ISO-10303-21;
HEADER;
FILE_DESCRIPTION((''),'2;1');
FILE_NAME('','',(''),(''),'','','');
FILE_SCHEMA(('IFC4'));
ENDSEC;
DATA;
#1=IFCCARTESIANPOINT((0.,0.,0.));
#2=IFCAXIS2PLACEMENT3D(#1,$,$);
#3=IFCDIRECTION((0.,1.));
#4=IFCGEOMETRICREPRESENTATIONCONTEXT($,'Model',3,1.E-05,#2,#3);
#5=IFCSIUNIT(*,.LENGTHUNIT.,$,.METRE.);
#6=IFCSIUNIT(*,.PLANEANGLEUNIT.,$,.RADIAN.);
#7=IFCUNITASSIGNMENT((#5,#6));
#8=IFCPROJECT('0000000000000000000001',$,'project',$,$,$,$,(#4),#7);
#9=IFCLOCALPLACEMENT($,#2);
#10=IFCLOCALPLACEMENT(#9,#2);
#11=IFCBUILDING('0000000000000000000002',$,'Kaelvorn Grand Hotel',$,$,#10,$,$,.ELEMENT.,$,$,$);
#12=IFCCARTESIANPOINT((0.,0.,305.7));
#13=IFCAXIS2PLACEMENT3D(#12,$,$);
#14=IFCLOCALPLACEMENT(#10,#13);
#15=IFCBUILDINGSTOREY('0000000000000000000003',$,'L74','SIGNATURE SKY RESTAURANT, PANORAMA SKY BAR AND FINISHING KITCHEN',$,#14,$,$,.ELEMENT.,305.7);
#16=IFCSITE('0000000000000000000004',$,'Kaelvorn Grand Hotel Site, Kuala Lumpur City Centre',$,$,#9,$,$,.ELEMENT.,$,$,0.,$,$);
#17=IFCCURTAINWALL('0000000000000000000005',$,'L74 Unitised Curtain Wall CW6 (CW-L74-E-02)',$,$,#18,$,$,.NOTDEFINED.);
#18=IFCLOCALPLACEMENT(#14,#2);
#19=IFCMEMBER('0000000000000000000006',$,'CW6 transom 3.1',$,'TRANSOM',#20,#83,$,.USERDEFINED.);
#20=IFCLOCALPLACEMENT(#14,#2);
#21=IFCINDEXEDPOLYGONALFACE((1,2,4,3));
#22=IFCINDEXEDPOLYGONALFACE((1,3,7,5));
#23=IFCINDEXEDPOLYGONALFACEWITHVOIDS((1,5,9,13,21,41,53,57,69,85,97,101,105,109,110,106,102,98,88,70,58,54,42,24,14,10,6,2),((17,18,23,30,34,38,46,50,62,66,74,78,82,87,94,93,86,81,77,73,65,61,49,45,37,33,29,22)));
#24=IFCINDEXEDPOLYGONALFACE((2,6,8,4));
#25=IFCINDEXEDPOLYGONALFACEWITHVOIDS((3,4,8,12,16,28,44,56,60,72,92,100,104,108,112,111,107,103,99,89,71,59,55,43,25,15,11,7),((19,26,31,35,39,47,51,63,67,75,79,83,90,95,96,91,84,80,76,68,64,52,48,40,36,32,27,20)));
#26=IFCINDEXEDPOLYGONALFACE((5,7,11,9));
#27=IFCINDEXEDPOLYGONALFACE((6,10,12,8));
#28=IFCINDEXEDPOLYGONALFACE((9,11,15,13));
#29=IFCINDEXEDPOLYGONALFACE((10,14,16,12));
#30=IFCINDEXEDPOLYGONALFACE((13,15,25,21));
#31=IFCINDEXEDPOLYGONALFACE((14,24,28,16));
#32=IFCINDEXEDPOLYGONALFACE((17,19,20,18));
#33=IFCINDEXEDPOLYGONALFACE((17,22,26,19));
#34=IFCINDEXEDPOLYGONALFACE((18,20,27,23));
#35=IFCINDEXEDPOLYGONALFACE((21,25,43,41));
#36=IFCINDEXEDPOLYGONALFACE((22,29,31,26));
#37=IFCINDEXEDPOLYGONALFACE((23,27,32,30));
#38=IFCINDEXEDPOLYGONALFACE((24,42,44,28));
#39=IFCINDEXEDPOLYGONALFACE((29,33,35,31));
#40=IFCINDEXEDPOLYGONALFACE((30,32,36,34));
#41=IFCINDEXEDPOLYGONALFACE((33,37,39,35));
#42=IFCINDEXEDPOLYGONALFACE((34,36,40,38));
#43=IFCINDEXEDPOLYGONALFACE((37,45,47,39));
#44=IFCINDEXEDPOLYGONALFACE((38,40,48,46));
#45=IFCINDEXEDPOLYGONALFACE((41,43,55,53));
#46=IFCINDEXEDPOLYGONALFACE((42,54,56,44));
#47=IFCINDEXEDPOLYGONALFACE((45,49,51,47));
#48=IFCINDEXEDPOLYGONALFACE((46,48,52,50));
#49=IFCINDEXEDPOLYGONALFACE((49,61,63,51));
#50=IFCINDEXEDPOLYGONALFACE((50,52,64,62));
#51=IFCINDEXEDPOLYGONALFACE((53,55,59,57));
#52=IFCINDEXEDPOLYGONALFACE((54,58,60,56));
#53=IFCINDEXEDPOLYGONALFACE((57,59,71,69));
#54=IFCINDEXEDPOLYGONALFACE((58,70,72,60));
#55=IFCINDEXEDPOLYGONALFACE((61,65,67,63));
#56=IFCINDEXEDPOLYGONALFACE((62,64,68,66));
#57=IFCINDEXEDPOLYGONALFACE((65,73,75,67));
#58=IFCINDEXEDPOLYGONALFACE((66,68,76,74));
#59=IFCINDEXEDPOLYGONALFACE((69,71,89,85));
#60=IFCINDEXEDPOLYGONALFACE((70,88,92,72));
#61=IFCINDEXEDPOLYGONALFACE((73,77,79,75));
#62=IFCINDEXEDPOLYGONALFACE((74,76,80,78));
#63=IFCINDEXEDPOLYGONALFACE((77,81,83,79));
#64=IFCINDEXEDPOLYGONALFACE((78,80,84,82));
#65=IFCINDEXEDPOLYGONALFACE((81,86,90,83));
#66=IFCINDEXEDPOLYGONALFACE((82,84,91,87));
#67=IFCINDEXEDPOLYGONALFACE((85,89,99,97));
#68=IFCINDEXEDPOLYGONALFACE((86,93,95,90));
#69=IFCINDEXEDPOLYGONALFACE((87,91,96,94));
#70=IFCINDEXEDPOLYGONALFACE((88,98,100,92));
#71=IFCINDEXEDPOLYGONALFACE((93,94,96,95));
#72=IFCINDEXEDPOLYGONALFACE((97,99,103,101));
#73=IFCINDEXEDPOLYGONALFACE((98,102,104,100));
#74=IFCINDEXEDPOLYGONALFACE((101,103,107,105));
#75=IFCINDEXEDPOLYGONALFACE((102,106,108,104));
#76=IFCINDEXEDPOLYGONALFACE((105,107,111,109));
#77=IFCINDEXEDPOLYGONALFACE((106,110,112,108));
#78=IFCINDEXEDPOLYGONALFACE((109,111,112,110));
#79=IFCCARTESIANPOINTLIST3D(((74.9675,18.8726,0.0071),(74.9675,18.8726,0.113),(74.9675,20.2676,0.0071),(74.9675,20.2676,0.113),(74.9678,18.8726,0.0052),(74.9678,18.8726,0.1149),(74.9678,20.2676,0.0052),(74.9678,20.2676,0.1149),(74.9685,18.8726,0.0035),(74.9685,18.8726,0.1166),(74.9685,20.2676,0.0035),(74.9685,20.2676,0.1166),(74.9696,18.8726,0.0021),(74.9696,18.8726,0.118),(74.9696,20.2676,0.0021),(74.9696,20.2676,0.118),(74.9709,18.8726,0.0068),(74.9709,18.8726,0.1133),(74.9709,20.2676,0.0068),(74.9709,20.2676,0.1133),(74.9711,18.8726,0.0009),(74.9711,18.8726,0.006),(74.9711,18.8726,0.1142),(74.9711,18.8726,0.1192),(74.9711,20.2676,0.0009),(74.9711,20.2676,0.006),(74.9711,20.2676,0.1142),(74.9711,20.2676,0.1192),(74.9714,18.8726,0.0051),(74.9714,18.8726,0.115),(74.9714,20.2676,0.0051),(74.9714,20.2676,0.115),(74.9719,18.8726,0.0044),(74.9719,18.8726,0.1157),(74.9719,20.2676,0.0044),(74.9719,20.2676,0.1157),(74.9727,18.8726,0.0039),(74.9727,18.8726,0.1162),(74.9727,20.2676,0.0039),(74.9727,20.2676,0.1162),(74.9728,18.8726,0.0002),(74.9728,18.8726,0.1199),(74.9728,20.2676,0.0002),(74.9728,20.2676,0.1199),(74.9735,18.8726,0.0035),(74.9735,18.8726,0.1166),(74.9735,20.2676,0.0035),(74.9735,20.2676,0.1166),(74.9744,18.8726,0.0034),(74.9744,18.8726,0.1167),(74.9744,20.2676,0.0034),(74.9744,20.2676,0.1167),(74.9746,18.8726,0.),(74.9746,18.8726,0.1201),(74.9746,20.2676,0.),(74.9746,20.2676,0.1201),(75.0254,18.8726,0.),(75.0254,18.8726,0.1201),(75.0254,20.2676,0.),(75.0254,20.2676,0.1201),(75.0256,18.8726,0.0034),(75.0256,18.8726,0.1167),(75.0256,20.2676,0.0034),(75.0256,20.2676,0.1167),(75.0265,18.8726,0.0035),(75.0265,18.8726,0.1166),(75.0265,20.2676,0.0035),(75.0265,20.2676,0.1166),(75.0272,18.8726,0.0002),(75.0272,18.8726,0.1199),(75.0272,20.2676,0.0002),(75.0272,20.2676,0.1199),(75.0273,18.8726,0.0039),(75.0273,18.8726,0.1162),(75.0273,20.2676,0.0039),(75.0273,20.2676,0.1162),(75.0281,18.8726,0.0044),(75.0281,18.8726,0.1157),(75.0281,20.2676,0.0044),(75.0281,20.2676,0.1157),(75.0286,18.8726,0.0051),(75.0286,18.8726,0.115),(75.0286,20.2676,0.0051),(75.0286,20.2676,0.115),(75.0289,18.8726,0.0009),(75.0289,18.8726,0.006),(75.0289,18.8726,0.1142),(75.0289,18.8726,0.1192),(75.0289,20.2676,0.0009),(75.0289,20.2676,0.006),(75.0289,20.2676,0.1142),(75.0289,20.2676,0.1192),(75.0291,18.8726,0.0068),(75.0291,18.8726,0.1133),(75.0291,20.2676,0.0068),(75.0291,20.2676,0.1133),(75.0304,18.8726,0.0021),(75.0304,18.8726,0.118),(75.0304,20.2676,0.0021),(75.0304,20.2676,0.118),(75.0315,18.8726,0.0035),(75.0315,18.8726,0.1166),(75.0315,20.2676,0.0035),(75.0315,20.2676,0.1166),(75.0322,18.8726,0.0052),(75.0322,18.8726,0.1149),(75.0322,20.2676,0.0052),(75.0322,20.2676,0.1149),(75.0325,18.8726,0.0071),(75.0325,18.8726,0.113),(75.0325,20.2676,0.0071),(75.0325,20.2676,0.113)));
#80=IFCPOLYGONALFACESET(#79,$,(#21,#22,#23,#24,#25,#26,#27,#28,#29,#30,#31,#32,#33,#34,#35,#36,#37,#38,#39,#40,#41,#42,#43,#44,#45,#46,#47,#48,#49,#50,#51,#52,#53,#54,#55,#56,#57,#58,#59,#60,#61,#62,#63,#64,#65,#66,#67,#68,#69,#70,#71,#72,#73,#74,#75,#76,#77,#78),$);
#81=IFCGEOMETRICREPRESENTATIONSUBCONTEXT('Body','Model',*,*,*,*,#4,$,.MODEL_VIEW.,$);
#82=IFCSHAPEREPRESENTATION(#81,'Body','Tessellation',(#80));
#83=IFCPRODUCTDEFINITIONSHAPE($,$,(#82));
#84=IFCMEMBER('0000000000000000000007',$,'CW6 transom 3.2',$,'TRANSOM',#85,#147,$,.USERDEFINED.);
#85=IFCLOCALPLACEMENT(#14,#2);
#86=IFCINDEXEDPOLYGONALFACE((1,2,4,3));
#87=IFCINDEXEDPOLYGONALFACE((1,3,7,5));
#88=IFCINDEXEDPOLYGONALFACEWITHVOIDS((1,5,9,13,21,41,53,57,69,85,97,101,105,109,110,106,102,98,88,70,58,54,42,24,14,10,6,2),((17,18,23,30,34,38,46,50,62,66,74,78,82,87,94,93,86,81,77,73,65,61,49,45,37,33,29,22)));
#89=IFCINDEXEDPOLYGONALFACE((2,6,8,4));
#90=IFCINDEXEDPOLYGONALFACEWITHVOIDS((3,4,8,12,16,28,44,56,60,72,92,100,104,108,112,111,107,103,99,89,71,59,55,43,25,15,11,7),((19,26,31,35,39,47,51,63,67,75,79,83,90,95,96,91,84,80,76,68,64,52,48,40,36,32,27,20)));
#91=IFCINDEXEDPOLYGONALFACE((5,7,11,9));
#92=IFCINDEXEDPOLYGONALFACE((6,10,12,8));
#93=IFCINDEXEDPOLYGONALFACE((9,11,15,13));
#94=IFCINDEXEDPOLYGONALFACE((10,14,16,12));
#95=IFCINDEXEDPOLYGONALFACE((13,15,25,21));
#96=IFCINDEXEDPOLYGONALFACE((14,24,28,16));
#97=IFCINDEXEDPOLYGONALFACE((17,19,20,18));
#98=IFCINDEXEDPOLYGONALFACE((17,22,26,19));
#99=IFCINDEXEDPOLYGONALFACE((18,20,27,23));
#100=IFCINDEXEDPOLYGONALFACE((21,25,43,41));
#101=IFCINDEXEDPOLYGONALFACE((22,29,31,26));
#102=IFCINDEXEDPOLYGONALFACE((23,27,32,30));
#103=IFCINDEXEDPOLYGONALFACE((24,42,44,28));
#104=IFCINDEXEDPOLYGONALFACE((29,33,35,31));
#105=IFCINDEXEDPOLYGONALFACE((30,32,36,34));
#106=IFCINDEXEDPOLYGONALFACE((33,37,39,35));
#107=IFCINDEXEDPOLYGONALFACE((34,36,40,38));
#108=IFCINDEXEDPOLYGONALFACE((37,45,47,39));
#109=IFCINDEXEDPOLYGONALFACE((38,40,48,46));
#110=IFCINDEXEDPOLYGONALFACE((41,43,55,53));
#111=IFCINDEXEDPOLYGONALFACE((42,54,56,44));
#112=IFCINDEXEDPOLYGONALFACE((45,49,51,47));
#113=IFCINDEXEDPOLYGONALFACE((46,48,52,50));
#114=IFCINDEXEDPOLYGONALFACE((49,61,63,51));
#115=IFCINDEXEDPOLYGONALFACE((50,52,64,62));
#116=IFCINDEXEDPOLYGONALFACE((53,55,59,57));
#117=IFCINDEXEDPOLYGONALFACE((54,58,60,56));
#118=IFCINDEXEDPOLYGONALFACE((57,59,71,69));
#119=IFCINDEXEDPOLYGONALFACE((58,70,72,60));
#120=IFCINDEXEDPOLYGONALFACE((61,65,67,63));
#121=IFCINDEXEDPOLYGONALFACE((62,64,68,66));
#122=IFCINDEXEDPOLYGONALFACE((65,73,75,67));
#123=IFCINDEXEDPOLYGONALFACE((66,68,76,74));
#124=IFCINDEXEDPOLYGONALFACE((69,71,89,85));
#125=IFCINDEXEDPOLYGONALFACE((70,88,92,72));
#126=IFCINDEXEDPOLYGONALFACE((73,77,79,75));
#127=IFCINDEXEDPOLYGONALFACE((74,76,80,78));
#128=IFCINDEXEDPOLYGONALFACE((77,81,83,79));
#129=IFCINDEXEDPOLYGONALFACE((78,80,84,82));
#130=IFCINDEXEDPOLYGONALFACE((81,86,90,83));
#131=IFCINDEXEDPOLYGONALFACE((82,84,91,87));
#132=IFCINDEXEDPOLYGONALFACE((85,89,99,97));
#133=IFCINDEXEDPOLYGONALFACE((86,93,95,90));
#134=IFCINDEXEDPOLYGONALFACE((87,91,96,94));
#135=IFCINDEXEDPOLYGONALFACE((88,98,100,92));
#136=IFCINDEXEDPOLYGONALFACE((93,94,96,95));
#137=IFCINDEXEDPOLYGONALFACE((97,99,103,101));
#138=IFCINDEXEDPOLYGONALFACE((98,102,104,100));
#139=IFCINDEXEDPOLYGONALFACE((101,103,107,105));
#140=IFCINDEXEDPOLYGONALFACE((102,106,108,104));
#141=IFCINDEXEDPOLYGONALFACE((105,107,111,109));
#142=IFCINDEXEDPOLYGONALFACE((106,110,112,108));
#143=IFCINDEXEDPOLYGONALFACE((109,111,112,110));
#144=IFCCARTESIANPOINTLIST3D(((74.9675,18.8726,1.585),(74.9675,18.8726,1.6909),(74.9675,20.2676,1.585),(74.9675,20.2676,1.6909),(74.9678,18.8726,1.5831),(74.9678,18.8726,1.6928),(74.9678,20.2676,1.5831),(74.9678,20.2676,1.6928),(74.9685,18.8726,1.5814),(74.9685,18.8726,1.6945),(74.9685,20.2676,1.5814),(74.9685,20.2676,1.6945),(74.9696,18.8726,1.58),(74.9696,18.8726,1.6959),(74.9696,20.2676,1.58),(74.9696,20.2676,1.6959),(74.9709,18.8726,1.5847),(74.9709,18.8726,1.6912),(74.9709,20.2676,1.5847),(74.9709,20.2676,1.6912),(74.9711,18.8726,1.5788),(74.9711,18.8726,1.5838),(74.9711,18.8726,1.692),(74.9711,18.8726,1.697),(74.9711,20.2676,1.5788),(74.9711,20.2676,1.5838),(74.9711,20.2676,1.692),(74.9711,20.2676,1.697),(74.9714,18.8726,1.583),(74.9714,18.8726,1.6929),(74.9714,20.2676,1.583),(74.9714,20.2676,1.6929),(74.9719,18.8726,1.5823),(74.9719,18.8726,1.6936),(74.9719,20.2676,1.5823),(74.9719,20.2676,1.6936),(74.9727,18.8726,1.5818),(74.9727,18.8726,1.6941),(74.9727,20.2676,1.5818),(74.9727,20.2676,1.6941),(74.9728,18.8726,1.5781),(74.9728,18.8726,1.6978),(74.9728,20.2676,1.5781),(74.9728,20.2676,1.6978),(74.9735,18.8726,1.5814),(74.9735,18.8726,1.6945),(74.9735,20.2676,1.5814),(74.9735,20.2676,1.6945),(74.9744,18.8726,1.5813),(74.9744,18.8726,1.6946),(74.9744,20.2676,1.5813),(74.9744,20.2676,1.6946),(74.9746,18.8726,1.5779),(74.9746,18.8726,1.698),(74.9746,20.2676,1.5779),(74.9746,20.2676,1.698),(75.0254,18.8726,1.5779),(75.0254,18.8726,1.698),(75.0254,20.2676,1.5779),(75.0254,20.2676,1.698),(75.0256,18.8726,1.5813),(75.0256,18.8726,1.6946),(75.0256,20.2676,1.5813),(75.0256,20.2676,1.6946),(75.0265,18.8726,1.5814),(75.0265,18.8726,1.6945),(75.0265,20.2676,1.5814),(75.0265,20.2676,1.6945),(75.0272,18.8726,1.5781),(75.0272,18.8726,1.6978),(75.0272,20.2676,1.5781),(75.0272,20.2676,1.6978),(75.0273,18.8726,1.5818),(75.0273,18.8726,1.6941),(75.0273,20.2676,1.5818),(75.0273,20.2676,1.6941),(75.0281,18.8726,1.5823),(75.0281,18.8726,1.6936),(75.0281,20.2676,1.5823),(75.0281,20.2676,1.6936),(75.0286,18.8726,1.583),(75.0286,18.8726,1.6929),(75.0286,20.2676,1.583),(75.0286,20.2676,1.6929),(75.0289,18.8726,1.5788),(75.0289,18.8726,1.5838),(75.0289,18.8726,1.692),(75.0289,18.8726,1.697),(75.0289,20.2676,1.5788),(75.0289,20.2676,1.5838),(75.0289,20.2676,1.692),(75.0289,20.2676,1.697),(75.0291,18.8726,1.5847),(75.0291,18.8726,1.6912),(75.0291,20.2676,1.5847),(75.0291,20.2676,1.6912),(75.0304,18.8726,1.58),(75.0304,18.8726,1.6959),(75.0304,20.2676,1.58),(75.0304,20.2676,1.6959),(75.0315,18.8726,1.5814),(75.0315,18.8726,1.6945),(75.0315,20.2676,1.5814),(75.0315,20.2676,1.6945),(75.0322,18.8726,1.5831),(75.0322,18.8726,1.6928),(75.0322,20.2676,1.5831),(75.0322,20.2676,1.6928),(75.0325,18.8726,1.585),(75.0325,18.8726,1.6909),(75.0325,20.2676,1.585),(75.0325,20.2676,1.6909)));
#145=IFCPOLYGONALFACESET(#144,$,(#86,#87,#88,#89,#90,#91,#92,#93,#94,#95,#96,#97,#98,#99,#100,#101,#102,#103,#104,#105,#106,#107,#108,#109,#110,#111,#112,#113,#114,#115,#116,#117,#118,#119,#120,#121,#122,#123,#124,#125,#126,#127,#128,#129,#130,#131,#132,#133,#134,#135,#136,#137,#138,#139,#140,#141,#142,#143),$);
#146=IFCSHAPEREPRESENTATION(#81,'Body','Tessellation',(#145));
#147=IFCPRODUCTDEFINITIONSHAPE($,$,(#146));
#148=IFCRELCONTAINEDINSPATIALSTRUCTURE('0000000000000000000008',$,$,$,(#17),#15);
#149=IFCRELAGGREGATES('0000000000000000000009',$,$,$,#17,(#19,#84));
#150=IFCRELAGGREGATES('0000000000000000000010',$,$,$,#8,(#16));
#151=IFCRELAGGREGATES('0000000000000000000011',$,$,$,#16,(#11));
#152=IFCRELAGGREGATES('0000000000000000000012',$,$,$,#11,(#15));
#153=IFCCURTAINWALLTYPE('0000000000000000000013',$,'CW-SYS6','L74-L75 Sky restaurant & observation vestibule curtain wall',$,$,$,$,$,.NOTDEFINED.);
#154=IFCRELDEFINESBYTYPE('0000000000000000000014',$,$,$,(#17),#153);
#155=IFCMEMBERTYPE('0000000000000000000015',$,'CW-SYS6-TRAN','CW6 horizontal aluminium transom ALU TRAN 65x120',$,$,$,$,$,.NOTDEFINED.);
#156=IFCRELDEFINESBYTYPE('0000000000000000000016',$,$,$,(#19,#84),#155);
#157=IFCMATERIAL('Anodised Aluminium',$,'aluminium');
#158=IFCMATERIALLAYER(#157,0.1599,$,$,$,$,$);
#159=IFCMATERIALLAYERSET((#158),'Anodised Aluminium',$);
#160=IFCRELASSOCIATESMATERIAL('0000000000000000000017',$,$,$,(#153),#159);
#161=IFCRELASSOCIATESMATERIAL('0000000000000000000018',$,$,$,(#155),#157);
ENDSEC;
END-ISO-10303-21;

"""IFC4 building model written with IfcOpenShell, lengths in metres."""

from ifc_helpers import new_model, si_unit, direction, frame, origin, origin_2d, place, context, subcontext, project, spatial, hollow_rectangle, extrude, material, layer, layer_set, material_profile, profile_set, type_object, element, aggregate, save


model = new_model("IFC4")

# Units and contexts
model_context = context("Model", 3, precision=1e-05, world=origin(), true_north=direction((0.0, 1.0)))
body_context = subcontext(model_context, "Body", "Model", "MODEL_VIEW")
ifc_project = project(units=[si_unit("LENGTHUNIT", "METRE"), si_unit("PLANEANGLEUNIT", "RADIAN")], contexts=[model_context])

# Site, building, storey
site_placement = place(None, origin())
site = spatial("IfcSite", under=ifc_project, at=site_placement, Name="Kaelvorn Grand Hotel Site, Kuala Lumpur City Centre", CompositionType="ELEMENT", RefElevation=0.0)
building_placement = place(site_placement, origin())
building = spatial("IfcBuilding", under=site, at=building_placement, Name="Kaelvorn Grand Hotel", CompositionType="ELEMENT")
storey_placement = place(building_placement, frame((0.0, 0.0, 305.7)))
storey = spatial("IfcBuildingStorey", under=building, at=storey_placement, Name="L74", Description="SIGNATURE SKY RESTAURANT, PANORAMA SKY BAR AND FINISHING KITCHEN", CompositionType="ELEMENT", Elevation=305.7)

# Curtain wall, members
ifc_material_1 = material(Name="Anodised Aluminium", Category="aluminium")
ifc_layer_1 = layer(ifc_material_1, 0.1599)
ifc_layer_set_1 = layer_set([ifc_layer_1], Name="Anodised Aluminium")
curtain_wall_type = type_object("IfcCurtainWallType", Name="CW-SYS6", Description="L74-L75 Sky restaurant & observation vestibule curtain wall", PredefinedType="NOTDEFINED", material=ifc_layer_set_1)
curtain_wall_placement = place(storey_placement, origin())
curtain_wall = element("IfcCurtainWall", 1, at=curtain_wall_placement, inside=storey, type_object=curtain_wall_type, Name="L74 Unitised Curtain Wall CW6 (CW-L74-E-02)", PredefinedType="NOTDEFINED")
ifc_material_profile_1 = material_profile(ifc_material_1, hollow_rectangle(XDim=0.0649, YDim=0.1201, WallThickness=0.0034, InnerFilletRadius=0.0034, OuterFilletRadius=0.0071, at=origin_2d()), Name="ALU TRAN 65x120")
ifc_profile_set_1 = profile_set([ifc_material_profile_1], Name="Anodised Aluminium")
member_type_1 = type_object("IfcMemberType", Name="CW-SYS6-TRAN", Description="CW6 horizontal aluminium transom ALU TRAN 65x120", PredefinedType="NOTDEFINED", material=ifc_profile_set_1)
member_1_placement = place(storey_placement, frame((75.0, 18.8726, 0.0601), z_axis=(0.0, 1.0, 0.0), x_axis=(-1.0, 0.0, 0.0)))
member_1 = element("IfcMember", 2, at=member_1_placement, type_object=member_type_1, Name="CW6 transom 3.1", ObjectType="TRANSOM", PredefinedType="USERDEFINED", context=body_context, shape_type="SweptSolid", body=[
    extrude(hollow_rectangle(XDim=0.0649, YDim=0.1201, WallThickness=0.0034, InnerFilletRadius=0.0034, OuterFilletRadius=0.0071, at=origin_2d()), origin(), (0.0, 0.0, 1.0), 1.395),
])
member_2_placement = place(storey_placement, frame((75.0, 18.8726, 1.6379), z_axis=(0.0, 1.0, 0.0), x_axis=(-1.0, 0.0, 0.0)))
member_2 = element("IfcMember", 3, at=member_2_placement, type_object=member_type_1, Name="CW6 transom 3.2", ObjectType="TRANSOM", PredefinedType="USERDEFINED", context=body_context, shape_type="SweptSolid", body=[
    extrude(hollow_rectangle(XDim=0.0649, YDim=0.1201, WallThickness=0.0034, InnerFilletRadius=0.0034, OuterFilletRadius=0.0071, at=origin_2d()), origin(), (0.0, 0.0, 1.0), 1.395),
])
aggregate(curtain_wall, [member_1, member_2])

save(model, "model.ifc")
